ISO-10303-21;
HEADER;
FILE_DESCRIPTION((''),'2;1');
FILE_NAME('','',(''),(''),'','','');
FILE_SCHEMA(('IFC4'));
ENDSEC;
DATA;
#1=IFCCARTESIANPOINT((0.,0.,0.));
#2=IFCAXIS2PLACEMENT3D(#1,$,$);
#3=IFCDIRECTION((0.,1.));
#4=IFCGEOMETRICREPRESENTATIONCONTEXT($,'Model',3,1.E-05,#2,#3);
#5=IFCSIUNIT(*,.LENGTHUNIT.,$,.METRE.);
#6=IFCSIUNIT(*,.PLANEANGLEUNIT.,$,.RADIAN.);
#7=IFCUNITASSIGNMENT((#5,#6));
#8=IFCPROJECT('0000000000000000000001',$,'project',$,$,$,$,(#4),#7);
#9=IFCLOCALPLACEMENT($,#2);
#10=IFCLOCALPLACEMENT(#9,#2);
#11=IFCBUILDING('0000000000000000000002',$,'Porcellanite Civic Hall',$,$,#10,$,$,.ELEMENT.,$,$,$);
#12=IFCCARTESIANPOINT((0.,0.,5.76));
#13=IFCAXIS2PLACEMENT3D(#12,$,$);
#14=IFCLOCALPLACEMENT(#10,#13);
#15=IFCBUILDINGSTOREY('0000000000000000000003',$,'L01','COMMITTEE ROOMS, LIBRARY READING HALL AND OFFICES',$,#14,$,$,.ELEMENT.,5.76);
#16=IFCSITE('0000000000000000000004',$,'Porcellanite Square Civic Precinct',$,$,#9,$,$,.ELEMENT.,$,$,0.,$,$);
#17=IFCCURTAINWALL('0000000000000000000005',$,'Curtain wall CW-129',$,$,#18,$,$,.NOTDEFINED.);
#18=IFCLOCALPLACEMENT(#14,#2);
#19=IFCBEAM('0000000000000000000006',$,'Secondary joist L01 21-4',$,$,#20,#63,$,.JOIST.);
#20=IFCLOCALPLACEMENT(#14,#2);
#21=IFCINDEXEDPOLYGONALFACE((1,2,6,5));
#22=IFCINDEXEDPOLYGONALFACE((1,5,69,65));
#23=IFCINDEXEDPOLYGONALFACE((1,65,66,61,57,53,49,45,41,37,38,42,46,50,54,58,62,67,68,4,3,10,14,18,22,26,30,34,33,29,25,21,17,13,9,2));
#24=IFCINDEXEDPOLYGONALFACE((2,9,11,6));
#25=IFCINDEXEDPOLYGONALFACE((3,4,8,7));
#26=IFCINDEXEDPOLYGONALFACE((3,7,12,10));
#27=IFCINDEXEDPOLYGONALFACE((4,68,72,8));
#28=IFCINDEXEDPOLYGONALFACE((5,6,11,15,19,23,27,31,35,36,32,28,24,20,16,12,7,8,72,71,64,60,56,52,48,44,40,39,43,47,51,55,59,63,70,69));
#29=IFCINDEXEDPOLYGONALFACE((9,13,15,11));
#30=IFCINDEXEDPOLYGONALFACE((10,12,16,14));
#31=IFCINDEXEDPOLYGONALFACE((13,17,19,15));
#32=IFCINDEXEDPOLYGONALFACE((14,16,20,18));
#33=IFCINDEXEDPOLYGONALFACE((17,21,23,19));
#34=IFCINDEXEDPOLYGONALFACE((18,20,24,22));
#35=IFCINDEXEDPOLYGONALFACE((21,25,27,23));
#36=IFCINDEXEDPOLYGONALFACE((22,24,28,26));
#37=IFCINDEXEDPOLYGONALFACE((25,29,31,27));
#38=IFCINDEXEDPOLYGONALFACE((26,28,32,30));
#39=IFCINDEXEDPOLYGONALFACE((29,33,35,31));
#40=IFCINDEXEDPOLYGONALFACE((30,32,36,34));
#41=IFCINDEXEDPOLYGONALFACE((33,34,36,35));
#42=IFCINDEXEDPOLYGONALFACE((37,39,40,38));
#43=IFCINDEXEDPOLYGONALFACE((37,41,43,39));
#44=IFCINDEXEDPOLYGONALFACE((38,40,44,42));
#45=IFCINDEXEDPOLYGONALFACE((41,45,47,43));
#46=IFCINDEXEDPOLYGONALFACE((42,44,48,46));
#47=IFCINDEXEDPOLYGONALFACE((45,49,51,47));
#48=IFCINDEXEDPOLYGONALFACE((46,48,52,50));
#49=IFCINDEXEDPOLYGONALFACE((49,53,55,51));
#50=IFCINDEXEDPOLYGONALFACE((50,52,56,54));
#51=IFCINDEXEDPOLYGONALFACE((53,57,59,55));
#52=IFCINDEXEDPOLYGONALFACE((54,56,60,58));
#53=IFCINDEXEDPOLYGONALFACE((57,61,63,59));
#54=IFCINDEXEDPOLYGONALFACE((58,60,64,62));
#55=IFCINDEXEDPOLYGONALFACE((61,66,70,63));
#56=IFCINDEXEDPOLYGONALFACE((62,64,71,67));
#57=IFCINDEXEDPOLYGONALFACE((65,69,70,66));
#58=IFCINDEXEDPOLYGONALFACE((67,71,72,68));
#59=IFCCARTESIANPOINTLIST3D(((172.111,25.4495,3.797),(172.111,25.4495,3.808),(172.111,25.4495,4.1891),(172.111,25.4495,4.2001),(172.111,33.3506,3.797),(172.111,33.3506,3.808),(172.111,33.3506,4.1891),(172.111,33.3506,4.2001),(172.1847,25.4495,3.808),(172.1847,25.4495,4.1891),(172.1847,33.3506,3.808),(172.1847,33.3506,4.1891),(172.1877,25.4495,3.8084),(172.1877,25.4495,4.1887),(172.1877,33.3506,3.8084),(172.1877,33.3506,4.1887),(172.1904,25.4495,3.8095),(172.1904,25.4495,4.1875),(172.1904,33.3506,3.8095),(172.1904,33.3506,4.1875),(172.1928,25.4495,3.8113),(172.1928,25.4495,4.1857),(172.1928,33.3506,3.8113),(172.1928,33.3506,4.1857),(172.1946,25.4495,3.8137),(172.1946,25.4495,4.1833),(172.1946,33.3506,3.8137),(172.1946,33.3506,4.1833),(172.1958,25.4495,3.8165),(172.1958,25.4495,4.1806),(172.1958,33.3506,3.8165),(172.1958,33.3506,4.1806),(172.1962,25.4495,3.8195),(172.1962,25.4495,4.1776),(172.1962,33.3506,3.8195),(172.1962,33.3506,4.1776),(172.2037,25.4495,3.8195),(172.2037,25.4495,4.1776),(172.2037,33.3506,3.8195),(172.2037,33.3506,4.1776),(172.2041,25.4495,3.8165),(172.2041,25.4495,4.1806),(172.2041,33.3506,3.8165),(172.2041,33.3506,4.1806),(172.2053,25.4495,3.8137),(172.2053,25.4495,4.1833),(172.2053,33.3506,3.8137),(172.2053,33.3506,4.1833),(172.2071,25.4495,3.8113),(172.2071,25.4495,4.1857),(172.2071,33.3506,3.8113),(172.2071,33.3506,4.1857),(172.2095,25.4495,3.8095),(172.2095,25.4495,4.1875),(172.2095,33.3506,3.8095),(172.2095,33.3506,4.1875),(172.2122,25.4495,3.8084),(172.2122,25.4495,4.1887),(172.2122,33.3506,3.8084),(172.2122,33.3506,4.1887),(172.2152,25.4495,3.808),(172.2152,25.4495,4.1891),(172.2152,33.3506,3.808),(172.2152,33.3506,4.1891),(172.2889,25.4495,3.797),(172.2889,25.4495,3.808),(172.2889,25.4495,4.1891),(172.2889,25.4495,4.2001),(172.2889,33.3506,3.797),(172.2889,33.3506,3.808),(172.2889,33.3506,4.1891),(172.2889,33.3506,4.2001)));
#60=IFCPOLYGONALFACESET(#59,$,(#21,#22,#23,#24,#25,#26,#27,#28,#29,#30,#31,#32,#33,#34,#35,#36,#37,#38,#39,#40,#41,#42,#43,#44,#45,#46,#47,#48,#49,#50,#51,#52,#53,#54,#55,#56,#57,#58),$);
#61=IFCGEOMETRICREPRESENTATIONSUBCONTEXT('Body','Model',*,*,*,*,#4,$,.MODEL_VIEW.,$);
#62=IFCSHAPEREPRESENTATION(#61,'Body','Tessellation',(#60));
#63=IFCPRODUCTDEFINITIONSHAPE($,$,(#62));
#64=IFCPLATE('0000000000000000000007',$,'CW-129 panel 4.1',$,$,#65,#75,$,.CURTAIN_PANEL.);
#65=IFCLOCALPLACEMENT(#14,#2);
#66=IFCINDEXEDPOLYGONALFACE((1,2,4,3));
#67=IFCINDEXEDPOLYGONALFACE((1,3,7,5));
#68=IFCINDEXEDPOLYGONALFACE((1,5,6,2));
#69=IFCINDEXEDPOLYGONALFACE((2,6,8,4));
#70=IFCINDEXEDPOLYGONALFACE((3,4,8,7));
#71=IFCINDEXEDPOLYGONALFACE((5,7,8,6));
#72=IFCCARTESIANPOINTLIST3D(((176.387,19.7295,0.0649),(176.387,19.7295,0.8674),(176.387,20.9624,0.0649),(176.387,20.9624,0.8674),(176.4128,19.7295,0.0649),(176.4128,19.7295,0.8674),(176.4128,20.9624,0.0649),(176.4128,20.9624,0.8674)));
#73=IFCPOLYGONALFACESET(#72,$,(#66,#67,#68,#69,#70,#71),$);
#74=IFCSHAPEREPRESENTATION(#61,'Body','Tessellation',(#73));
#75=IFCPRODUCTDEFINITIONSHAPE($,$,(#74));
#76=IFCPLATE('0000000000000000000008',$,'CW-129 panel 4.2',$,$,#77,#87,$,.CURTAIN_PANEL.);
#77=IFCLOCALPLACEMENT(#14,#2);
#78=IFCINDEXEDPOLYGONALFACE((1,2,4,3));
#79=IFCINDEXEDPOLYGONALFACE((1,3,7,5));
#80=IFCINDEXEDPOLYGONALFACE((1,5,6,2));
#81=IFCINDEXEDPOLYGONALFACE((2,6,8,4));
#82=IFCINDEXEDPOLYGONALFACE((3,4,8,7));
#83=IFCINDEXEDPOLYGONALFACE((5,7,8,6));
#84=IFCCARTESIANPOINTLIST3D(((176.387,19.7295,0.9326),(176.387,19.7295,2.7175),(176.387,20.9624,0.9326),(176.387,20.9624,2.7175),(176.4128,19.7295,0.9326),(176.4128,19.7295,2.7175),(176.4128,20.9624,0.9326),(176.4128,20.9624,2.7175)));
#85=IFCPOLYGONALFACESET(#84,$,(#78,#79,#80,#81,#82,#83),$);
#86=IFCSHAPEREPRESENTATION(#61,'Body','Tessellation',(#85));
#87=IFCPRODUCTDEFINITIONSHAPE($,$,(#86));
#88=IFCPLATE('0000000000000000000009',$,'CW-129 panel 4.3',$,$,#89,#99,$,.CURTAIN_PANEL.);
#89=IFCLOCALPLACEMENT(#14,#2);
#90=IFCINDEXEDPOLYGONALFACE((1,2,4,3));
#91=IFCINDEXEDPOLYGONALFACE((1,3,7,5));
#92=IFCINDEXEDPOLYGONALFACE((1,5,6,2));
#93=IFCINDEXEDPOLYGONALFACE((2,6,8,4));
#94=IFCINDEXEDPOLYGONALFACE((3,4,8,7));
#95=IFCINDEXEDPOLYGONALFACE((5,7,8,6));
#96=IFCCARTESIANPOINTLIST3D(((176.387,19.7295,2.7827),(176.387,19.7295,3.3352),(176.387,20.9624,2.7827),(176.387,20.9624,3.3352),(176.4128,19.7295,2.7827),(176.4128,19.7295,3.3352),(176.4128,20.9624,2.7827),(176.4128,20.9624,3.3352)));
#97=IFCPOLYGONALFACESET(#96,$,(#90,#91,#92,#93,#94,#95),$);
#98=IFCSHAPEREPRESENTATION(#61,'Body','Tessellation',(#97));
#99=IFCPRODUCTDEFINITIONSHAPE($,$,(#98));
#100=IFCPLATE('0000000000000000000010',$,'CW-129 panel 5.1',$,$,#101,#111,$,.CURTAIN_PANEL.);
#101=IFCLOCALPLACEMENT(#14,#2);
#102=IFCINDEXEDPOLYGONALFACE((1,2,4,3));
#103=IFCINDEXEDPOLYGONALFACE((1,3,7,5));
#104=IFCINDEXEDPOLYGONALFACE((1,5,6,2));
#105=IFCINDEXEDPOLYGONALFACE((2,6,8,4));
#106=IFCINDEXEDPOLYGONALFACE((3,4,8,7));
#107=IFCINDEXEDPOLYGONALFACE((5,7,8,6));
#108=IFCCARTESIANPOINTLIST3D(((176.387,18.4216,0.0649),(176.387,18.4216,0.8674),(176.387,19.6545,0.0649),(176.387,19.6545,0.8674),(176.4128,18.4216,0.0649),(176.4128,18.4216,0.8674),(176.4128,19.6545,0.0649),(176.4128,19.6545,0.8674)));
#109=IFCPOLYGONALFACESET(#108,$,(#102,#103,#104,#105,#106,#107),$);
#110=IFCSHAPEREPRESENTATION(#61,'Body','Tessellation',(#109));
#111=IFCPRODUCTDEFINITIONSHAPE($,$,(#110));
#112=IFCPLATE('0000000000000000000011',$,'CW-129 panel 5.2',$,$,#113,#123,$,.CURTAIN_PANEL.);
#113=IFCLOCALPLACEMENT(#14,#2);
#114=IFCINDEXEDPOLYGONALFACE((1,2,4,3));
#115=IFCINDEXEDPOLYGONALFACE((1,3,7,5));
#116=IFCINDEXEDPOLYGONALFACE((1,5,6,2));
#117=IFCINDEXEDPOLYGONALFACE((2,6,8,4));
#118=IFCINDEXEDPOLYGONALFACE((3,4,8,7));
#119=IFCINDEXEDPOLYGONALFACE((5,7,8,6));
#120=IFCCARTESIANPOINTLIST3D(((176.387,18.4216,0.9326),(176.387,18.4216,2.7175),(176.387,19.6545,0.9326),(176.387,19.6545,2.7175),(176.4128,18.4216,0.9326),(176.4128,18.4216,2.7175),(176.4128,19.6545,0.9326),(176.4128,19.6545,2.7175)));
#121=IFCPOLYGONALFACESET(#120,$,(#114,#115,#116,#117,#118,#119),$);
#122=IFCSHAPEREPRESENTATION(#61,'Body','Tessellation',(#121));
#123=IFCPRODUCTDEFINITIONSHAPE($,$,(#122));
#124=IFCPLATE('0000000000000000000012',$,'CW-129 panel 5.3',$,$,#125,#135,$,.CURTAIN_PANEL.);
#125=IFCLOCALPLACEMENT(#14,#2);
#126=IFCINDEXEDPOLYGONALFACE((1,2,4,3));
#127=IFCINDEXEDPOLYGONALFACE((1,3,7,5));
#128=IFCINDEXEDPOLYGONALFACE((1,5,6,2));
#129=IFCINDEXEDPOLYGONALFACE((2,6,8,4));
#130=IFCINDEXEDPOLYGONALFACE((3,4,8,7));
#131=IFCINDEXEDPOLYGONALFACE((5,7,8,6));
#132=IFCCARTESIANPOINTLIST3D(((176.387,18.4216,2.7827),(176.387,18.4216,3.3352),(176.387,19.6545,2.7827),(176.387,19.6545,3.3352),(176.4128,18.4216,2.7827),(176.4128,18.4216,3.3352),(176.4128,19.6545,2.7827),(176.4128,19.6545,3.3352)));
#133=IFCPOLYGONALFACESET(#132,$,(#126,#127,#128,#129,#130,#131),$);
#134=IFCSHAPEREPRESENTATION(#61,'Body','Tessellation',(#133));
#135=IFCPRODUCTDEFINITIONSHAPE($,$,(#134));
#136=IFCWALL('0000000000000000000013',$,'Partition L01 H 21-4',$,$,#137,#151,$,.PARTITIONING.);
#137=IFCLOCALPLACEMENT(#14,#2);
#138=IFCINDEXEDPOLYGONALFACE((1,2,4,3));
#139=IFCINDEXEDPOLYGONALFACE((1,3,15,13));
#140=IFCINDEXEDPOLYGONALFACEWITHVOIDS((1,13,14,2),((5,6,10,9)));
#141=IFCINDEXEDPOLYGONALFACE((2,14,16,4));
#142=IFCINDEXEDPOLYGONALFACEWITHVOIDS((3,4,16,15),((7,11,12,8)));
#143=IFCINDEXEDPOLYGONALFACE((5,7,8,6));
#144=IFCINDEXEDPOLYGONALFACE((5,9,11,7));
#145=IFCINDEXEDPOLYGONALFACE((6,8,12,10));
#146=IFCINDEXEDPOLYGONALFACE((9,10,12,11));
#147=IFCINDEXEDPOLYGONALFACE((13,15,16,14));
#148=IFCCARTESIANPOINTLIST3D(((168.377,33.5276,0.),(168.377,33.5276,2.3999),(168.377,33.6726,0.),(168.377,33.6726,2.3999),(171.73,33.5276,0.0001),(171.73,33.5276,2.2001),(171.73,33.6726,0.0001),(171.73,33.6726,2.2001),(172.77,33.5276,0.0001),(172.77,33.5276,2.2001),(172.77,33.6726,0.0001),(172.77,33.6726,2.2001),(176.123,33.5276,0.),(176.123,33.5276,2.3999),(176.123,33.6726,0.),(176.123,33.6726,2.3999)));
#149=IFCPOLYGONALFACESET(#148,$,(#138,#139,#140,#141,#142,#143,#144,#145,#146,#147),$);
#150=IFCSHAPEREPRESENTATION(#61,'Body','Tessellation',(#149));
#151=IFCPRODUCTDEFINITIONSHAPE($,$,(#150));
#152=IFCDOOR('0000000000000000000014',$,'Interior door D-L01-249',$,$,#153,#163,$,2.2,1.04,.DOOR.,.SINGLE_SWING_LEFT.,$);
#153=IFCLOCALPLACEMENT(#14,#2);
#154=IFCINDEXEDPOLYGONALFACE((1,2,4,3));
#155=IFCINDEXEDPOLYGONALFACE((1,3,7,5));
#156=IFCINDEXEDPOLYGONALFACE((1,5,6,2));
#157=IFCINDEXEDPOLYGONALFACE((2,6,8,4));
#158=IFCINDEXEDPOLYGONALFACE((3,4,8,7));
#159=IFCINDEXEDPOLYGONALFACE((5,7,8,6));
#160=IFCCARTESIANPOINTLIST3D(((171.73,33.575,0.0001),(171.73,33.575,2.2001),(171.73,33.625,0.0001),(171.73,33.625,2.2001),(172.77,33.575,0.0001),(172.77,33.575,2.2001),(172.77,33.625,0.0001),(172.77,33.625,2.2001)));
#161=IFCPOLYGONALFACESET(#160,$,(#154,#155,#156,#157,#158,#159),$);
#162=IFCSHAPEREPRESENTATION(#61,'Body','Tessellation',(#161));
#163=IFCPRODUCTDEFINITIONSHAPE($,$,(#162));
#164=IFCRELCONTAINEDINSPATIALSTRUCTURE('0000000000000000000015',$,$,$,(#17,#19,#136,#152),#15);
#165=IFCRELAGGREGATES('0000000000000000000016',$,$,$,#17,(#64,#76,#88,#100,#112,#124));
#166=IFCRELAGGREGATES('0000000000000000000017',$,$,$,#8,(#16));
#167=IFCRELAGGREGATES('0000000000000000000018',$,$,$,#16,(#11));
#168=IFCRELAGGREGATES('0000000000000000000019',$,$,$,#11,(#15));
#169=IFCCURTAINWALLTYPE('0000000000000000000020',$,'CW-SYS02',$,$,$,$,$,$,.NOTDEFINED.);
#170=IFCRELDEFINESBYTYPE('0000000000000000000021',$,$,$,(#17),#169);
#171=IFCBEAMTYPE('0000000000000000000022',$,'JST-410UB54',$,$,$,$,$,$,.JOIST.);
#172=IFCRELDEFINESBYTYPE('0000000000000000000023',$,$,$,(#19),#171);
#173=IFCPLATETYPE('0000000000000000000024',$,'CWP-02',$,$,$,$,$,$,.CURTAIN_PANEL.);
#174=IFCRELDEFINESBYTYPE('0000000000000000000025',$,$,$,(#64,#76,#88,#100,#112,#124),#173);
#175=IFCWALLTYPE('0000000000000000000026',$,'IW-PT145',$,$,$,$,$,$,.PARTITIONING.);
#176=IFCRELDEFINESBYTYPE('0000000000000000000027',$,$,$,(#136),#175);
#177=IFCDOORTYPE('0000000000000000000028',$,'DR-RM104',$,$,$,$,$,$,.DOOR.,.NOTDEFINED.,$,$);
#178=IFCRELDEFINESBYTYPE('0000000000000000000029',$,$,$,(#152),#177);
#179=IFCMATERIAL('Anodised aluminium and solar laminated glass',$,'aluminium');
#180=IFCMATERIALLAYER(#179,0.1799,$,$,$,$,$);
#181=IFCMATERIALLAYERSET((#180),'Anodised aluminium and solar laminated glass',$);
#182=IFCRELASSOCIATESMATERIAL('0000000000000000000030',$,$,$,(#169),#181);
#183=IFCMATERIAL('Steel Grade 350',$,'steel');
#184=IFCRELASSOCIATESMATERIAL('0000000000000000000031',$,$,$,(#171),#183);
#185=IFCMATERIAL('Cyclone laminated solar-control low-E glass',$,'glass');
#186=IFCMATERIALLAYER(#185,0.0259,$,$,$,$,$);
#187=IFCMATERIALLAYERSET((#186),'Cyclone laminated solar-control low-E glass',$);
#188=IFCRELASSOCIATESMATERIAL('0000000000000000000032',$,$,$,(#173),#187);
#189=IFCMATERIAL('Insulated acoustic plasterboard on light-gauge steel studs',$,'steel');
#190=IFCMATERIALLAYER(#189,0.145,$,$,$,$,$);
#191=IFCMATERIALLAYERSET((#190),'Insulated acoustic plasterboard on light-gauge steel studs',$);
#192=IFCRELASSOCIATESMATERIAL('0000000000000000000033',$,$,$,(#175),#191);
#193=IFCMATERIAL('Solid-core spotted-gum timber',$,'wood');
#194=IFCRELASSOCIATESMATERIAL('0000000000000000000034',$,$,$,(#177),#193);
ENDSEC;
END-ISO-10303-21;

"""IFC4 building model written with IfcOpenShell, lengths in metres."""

from ifc_helpers import new_model, si_unit, direction, frame, frame_2d, origin, origin_2d, place, context, subcontext, project, spatial, rectangle, i_section, extrude, material, layer, layer_set, material_profile, profile_set, type_object, element, fill, aggregate, save


model = new_model("IFC4")

# Units and contexts
model_context = context("Model", 3, precision=1e-05, world=origin(), true_north=direction((0.0, 1.0)))
body_context = subcontext(model_context, "Body", "Model", "MODEL_VIEW")
ifc_project = project(units=[si_unit("LENGTHUNIT", "METRE"), si_unit("PLANEANGLEUNIT", "RADIAN")], contexts=[model_context])

# Site, building, storey
site_placement = place(None, origin())
site = spatial("IfcSite", under=ifc_project, at=site_placement, Name="Porcellanite Square Civic Precinct", CompositionType="ELEMENT", RefElevation=0.0)
building_placement = place(site_placement, origin())
building = spatial("IfcBuilding", under=site, at=building_placement, Name="Porcellanite Civic Hall", CompositionType="ELEMENT")
storey_placement = place(building_placement, frame((0.0, 0.0, 5.76)))
storey = spatial("IfcBuildingStorey", under=building, at=storey_placement, Name="L01", Description="COMMITTEE ROOMS, LIBRARY READING HALL AND OFFICES", CompositionType="ELEMENT", Elevation=5.76)

# Curtain wall
ifc_material_1 = material(Name="Anodised aluminium and solar laminated glass", Category="aluminium")
ifc_layer_1 = layer(ifc_material_1, 0.1799)
ifc_layer_set_1 = layer_set([ifc_layer_1], Name="Anodised aluminium and solar laminated glass")
curtain_wall_type = type_object("IfcCurtainWallType", Name="CW-SYS02", PredefinedType="NOTDEFINED", material=ifc_layer_set_1)
curtain_wall_placement = place(storey_placement, origin())
curtain_wall = element("IfcCurtainWall", 1, at=curtain_wall_placement, inside=storey, type_object=curtain_wall_type, Name="Curtain wall CW-129", PredefinedType="NOTDEFINED")

# Beam
ifc_material_2 = material(Name="Steel Grade 350", Category="steel")
ifc_material_profile_1 = material_profile(ifc_material_2, i_section(OverallWidth=0.178, OverallDepth=0.4031, WebThickness=0.0076, FlangeThickness=0.011, FilletRadius=0.0115, at=origin_2d()), Name="410UB53.7")
ifc_profile_set_1 = profile_set([ifc_material_profile_1], Name="Steel Grade 350")
beam_type_1 = type_object("IfcBeamType", Name="JST-410UB54", PredefinedType="JOIST", material=ifc_profile_set_1)
beam_1_placement = place(storey_placement, frame((172.2, 25.4495, 3.9985), z_axis=(0.0, 1.0, 0.0), x_axis=(-1.0, 0.0, 0.0)))
element("IfcBeam", 2, at=beam_1_placement, inside=storey, type_object=beam_type_1, Name="Secondary joist L01 21-4", PredefinedType="JOIST", context=body_context, shape_type="SweptSolid", body=[
    extrude(i_section(OverallWidth=0.178, OverallDepth=0.4031, WebThickness=0.0076, FlangeThickness=0.011, FilletRadius=0.0115, at=origin_2d()), origin(), (0.0, 0.0, 1.0), 7.9011),
])

# Plates
ifc_material_3 = material(Name="Cyclone laminated solar-control low-E glass", Category="glass")
ifc_layer_2 = layer(ifc_material_3, 0.0259)
ifc_layer_set_2 = layer_set([ifc_layer_2], Name="Cyclone laminated solar-control low-E glass")
plate_type = type_object("IfcPlateType", Name="CWP-02", PredefinedType="CURTAIN_PANEL", material=ifc_layer_set_2)
plate_1_placement = place(storey_placement, frame((176.3999, 20.3459, 0.0649), z_axis=(0.0, 0.0, 1.0), x_axis=(0.0, -1.0, 0.0)))
plate_1 = element("IfcPlate", 3, at=plate_1_placement, type_object=plate_type, Name="CW-129 panel 4.1", PredefinedType="CURTAIN_PANEL", context=body_context, shape_type="SweptSolid", body=[
    extrude(rectangle(XDim=1.2329, YDim=0.0259, at=origin_2d()), origin(), (0.0, 0.0, 1.0), 0.8025),
])
plate_2_placement = place(storey_placement, frame((176.3999, 20.3459, 0.9326), z_axis=(0.0, 0.0, 1.0), x_axis=(0.0, -1.0, 0.0)))
plate_2 = element("IfcPlate", 4, at=plate_2_placement, type_object=plate_type, Name="CW-129 panel 4.2", PredefinedType="CURTAIN_PANEL", context=body_context, shape_type="SweptSolid", body=[
    extrude(rectangle(XDim=1.2329, YDim=0.0259, at=origin_2d()), origin(), (0.0, 0.0, 1.0), 1.7849),
])
plate_3_placement = place(storey_placement, frame((176.3999, 20.3459, 2.7827), z_axis=(0.0, 0.0, 1.0), x_axis=(0.0, -1.0, 0.0)))
plate_3 = element("IfcPlate", 5, at=plate_3_placement, type_object=plate_type, Name="CW-129 panel 4.3", PredefinedType="CURTAIN_PANEL", context=body_context, shape_type="SweptSolid", body=[
    extrude(rectangle(XDim=1.2329, YDim=0.0259, at=origin_2d()), origin(), (0.0, 0.0, 1.0), 0.5525),
])
plate_4_placement = place(storey_placement, frame((176.3999, 19.0381, 0.0649), z_axis=(0.0, 0.0, 1.0), x_axis=(0.0, -1.0, 0.0)))
plate_4 = element("IfcPlate", 6, at=plate_4_placement, type_object=plate_type, Name="CW-129 panel 5.1", PredefinedType="CURTAIN_PANEL", context=body_context, shape_type="SweptSolid", body=[
    extrude(rectangle(XDim=1.2329, YDim=0.0259, at=origin_2d()), origin(), (0.0, 0.0, 1.0), 0.8025),
])
plate_5_placement = place(storey_placement, frame((176.3999, 19.0381, 0.9326), z_axis=(0.0, 0.0, 1.0), x_axis=(0.0, -1.0, 0.0)))
plate_5 = element("IfcPlate", 7, at=plate_5_placement, type_object=plate_type, Name="CW-129 panel 5.2", PredefinedType="CURTAIN_PANEL", context=body_context, shape_type="SweptSolid", body=[
    extrude(rectangle(XDim=1.2329, YDim=0.0259, at=origin_2d()), origin(), (0.0, 0.0, 1.0), 1.7849),
])
plate_6_placement = place(storey_placement, frame((176.3999, 19.0381, 2.7827), z_axis=(0.0, 0.0, 1.0), x_axis=(0.0, -1.0, 0.0)))
plate_6 = element("IfcPlate", 8, at=plate_6_placement, type_object=plate_type, Name="CW-129 panel 5.3", PredefinedType="CURTAIN_PANEL", context=body_context, shape_type="SweptSolid", body=[
    extrude(rectangle(XDim=1.2329, YDim=0.0259, at=origin_2d()), origin(), (0.0, 0.0, 1.0), 0.5525),
])
aggregate(curtain_wall, [plate_1, plate_2, plate_3, plate_4, plate_5, plate_6])

# Wall, opening, door
ifc_material_4 = material(Name="Insulated acoustic plasterboard on light-gauge steel studs", Category="steel")
ifc_layer_3 = layer(ifc_material_4, 0.145)
ifc_layer_set_3 = layer_set([ifc_layer_3], Name="Insulated acoustic plasterboard on light-gauge steel studs")
wall_type = type_object("IfcWallType", Name="IW-PT145", PredefinedType="PARTITIONING", material=ifc_layer_set_3)
wall_placement = place(storey_placement, frame((168.377, 33.6001, 0.0), z_axis=(0.0, 0.0, 1.0), x_axis=(1.0, 0.0, 0.0)))
wall = element("IfcWall", 9, at=wall_placement, inside=storey, type_object=wall_type, Name="Partition L01 H 21-4", PredefinedType="PARTITIONING", context=body_context, shape_type="SweptSolid", body=[
    extrude(rectangle(XDim=7.7461, YDim=0.145, at=frame_2d((3.873, 0.0))), origin(), (0.0, 0.0, 1.0), 2.3999),
])
opening_placement = place(wall_placement, frame((3.353, 0.0, 0.0)))
opening = element("IfcOpeningElement", 10, at=opening_placement, cuts=wall, PredefinedType="OPENING", context=body_context, shape_type="SweptSolid", body=[
    extrude(rectangle(XDim=1.04, YDim=2.2, at=frame_2d((0.52, 1.1001))), frame((0.0, 0.0725, 0.0), z_axis=(0.0, -1.0, 0.0), x_axis=(1.0, 0.0, 0.0)), (0.0, 0.0, 1.0), 0.145),
])
ifc_material_5 = material(Name="Solid-core spotted-gum timber", Category="wood")
door_type = type_object("IfcDoorType", Name="DR-RM104", OperationType="NOTDEFINED", PredefinedType="DOOR", material=ifc_material_5)
door_placement = place(opening_placement, origin())
door = element("IfcDoor", 11, at=door_placement, inside=storey, type_object=door_type, Name="Interior door D-L01-249", OperationType="SINGLE_SWING_LEFT", OverallHeight=2.2, OverallWidth=1.04, PredefinedType="DOOR", context=body_context, shape_type="SweptSolid", body=[
    extrude(rectangle(XDim=1.04, YDim=2.2, at=frame_2d((0.52, 1.1001))), frame((0.0, 0.0249, 0.0), z_axis=(0.0, -1.0, 0.0), x_axis=(1.0, 0.0, 0.0)), (0.0, 0.0, 1.0), 0.05),
])
fill(opening, door)

save(model, "model.ifc")
